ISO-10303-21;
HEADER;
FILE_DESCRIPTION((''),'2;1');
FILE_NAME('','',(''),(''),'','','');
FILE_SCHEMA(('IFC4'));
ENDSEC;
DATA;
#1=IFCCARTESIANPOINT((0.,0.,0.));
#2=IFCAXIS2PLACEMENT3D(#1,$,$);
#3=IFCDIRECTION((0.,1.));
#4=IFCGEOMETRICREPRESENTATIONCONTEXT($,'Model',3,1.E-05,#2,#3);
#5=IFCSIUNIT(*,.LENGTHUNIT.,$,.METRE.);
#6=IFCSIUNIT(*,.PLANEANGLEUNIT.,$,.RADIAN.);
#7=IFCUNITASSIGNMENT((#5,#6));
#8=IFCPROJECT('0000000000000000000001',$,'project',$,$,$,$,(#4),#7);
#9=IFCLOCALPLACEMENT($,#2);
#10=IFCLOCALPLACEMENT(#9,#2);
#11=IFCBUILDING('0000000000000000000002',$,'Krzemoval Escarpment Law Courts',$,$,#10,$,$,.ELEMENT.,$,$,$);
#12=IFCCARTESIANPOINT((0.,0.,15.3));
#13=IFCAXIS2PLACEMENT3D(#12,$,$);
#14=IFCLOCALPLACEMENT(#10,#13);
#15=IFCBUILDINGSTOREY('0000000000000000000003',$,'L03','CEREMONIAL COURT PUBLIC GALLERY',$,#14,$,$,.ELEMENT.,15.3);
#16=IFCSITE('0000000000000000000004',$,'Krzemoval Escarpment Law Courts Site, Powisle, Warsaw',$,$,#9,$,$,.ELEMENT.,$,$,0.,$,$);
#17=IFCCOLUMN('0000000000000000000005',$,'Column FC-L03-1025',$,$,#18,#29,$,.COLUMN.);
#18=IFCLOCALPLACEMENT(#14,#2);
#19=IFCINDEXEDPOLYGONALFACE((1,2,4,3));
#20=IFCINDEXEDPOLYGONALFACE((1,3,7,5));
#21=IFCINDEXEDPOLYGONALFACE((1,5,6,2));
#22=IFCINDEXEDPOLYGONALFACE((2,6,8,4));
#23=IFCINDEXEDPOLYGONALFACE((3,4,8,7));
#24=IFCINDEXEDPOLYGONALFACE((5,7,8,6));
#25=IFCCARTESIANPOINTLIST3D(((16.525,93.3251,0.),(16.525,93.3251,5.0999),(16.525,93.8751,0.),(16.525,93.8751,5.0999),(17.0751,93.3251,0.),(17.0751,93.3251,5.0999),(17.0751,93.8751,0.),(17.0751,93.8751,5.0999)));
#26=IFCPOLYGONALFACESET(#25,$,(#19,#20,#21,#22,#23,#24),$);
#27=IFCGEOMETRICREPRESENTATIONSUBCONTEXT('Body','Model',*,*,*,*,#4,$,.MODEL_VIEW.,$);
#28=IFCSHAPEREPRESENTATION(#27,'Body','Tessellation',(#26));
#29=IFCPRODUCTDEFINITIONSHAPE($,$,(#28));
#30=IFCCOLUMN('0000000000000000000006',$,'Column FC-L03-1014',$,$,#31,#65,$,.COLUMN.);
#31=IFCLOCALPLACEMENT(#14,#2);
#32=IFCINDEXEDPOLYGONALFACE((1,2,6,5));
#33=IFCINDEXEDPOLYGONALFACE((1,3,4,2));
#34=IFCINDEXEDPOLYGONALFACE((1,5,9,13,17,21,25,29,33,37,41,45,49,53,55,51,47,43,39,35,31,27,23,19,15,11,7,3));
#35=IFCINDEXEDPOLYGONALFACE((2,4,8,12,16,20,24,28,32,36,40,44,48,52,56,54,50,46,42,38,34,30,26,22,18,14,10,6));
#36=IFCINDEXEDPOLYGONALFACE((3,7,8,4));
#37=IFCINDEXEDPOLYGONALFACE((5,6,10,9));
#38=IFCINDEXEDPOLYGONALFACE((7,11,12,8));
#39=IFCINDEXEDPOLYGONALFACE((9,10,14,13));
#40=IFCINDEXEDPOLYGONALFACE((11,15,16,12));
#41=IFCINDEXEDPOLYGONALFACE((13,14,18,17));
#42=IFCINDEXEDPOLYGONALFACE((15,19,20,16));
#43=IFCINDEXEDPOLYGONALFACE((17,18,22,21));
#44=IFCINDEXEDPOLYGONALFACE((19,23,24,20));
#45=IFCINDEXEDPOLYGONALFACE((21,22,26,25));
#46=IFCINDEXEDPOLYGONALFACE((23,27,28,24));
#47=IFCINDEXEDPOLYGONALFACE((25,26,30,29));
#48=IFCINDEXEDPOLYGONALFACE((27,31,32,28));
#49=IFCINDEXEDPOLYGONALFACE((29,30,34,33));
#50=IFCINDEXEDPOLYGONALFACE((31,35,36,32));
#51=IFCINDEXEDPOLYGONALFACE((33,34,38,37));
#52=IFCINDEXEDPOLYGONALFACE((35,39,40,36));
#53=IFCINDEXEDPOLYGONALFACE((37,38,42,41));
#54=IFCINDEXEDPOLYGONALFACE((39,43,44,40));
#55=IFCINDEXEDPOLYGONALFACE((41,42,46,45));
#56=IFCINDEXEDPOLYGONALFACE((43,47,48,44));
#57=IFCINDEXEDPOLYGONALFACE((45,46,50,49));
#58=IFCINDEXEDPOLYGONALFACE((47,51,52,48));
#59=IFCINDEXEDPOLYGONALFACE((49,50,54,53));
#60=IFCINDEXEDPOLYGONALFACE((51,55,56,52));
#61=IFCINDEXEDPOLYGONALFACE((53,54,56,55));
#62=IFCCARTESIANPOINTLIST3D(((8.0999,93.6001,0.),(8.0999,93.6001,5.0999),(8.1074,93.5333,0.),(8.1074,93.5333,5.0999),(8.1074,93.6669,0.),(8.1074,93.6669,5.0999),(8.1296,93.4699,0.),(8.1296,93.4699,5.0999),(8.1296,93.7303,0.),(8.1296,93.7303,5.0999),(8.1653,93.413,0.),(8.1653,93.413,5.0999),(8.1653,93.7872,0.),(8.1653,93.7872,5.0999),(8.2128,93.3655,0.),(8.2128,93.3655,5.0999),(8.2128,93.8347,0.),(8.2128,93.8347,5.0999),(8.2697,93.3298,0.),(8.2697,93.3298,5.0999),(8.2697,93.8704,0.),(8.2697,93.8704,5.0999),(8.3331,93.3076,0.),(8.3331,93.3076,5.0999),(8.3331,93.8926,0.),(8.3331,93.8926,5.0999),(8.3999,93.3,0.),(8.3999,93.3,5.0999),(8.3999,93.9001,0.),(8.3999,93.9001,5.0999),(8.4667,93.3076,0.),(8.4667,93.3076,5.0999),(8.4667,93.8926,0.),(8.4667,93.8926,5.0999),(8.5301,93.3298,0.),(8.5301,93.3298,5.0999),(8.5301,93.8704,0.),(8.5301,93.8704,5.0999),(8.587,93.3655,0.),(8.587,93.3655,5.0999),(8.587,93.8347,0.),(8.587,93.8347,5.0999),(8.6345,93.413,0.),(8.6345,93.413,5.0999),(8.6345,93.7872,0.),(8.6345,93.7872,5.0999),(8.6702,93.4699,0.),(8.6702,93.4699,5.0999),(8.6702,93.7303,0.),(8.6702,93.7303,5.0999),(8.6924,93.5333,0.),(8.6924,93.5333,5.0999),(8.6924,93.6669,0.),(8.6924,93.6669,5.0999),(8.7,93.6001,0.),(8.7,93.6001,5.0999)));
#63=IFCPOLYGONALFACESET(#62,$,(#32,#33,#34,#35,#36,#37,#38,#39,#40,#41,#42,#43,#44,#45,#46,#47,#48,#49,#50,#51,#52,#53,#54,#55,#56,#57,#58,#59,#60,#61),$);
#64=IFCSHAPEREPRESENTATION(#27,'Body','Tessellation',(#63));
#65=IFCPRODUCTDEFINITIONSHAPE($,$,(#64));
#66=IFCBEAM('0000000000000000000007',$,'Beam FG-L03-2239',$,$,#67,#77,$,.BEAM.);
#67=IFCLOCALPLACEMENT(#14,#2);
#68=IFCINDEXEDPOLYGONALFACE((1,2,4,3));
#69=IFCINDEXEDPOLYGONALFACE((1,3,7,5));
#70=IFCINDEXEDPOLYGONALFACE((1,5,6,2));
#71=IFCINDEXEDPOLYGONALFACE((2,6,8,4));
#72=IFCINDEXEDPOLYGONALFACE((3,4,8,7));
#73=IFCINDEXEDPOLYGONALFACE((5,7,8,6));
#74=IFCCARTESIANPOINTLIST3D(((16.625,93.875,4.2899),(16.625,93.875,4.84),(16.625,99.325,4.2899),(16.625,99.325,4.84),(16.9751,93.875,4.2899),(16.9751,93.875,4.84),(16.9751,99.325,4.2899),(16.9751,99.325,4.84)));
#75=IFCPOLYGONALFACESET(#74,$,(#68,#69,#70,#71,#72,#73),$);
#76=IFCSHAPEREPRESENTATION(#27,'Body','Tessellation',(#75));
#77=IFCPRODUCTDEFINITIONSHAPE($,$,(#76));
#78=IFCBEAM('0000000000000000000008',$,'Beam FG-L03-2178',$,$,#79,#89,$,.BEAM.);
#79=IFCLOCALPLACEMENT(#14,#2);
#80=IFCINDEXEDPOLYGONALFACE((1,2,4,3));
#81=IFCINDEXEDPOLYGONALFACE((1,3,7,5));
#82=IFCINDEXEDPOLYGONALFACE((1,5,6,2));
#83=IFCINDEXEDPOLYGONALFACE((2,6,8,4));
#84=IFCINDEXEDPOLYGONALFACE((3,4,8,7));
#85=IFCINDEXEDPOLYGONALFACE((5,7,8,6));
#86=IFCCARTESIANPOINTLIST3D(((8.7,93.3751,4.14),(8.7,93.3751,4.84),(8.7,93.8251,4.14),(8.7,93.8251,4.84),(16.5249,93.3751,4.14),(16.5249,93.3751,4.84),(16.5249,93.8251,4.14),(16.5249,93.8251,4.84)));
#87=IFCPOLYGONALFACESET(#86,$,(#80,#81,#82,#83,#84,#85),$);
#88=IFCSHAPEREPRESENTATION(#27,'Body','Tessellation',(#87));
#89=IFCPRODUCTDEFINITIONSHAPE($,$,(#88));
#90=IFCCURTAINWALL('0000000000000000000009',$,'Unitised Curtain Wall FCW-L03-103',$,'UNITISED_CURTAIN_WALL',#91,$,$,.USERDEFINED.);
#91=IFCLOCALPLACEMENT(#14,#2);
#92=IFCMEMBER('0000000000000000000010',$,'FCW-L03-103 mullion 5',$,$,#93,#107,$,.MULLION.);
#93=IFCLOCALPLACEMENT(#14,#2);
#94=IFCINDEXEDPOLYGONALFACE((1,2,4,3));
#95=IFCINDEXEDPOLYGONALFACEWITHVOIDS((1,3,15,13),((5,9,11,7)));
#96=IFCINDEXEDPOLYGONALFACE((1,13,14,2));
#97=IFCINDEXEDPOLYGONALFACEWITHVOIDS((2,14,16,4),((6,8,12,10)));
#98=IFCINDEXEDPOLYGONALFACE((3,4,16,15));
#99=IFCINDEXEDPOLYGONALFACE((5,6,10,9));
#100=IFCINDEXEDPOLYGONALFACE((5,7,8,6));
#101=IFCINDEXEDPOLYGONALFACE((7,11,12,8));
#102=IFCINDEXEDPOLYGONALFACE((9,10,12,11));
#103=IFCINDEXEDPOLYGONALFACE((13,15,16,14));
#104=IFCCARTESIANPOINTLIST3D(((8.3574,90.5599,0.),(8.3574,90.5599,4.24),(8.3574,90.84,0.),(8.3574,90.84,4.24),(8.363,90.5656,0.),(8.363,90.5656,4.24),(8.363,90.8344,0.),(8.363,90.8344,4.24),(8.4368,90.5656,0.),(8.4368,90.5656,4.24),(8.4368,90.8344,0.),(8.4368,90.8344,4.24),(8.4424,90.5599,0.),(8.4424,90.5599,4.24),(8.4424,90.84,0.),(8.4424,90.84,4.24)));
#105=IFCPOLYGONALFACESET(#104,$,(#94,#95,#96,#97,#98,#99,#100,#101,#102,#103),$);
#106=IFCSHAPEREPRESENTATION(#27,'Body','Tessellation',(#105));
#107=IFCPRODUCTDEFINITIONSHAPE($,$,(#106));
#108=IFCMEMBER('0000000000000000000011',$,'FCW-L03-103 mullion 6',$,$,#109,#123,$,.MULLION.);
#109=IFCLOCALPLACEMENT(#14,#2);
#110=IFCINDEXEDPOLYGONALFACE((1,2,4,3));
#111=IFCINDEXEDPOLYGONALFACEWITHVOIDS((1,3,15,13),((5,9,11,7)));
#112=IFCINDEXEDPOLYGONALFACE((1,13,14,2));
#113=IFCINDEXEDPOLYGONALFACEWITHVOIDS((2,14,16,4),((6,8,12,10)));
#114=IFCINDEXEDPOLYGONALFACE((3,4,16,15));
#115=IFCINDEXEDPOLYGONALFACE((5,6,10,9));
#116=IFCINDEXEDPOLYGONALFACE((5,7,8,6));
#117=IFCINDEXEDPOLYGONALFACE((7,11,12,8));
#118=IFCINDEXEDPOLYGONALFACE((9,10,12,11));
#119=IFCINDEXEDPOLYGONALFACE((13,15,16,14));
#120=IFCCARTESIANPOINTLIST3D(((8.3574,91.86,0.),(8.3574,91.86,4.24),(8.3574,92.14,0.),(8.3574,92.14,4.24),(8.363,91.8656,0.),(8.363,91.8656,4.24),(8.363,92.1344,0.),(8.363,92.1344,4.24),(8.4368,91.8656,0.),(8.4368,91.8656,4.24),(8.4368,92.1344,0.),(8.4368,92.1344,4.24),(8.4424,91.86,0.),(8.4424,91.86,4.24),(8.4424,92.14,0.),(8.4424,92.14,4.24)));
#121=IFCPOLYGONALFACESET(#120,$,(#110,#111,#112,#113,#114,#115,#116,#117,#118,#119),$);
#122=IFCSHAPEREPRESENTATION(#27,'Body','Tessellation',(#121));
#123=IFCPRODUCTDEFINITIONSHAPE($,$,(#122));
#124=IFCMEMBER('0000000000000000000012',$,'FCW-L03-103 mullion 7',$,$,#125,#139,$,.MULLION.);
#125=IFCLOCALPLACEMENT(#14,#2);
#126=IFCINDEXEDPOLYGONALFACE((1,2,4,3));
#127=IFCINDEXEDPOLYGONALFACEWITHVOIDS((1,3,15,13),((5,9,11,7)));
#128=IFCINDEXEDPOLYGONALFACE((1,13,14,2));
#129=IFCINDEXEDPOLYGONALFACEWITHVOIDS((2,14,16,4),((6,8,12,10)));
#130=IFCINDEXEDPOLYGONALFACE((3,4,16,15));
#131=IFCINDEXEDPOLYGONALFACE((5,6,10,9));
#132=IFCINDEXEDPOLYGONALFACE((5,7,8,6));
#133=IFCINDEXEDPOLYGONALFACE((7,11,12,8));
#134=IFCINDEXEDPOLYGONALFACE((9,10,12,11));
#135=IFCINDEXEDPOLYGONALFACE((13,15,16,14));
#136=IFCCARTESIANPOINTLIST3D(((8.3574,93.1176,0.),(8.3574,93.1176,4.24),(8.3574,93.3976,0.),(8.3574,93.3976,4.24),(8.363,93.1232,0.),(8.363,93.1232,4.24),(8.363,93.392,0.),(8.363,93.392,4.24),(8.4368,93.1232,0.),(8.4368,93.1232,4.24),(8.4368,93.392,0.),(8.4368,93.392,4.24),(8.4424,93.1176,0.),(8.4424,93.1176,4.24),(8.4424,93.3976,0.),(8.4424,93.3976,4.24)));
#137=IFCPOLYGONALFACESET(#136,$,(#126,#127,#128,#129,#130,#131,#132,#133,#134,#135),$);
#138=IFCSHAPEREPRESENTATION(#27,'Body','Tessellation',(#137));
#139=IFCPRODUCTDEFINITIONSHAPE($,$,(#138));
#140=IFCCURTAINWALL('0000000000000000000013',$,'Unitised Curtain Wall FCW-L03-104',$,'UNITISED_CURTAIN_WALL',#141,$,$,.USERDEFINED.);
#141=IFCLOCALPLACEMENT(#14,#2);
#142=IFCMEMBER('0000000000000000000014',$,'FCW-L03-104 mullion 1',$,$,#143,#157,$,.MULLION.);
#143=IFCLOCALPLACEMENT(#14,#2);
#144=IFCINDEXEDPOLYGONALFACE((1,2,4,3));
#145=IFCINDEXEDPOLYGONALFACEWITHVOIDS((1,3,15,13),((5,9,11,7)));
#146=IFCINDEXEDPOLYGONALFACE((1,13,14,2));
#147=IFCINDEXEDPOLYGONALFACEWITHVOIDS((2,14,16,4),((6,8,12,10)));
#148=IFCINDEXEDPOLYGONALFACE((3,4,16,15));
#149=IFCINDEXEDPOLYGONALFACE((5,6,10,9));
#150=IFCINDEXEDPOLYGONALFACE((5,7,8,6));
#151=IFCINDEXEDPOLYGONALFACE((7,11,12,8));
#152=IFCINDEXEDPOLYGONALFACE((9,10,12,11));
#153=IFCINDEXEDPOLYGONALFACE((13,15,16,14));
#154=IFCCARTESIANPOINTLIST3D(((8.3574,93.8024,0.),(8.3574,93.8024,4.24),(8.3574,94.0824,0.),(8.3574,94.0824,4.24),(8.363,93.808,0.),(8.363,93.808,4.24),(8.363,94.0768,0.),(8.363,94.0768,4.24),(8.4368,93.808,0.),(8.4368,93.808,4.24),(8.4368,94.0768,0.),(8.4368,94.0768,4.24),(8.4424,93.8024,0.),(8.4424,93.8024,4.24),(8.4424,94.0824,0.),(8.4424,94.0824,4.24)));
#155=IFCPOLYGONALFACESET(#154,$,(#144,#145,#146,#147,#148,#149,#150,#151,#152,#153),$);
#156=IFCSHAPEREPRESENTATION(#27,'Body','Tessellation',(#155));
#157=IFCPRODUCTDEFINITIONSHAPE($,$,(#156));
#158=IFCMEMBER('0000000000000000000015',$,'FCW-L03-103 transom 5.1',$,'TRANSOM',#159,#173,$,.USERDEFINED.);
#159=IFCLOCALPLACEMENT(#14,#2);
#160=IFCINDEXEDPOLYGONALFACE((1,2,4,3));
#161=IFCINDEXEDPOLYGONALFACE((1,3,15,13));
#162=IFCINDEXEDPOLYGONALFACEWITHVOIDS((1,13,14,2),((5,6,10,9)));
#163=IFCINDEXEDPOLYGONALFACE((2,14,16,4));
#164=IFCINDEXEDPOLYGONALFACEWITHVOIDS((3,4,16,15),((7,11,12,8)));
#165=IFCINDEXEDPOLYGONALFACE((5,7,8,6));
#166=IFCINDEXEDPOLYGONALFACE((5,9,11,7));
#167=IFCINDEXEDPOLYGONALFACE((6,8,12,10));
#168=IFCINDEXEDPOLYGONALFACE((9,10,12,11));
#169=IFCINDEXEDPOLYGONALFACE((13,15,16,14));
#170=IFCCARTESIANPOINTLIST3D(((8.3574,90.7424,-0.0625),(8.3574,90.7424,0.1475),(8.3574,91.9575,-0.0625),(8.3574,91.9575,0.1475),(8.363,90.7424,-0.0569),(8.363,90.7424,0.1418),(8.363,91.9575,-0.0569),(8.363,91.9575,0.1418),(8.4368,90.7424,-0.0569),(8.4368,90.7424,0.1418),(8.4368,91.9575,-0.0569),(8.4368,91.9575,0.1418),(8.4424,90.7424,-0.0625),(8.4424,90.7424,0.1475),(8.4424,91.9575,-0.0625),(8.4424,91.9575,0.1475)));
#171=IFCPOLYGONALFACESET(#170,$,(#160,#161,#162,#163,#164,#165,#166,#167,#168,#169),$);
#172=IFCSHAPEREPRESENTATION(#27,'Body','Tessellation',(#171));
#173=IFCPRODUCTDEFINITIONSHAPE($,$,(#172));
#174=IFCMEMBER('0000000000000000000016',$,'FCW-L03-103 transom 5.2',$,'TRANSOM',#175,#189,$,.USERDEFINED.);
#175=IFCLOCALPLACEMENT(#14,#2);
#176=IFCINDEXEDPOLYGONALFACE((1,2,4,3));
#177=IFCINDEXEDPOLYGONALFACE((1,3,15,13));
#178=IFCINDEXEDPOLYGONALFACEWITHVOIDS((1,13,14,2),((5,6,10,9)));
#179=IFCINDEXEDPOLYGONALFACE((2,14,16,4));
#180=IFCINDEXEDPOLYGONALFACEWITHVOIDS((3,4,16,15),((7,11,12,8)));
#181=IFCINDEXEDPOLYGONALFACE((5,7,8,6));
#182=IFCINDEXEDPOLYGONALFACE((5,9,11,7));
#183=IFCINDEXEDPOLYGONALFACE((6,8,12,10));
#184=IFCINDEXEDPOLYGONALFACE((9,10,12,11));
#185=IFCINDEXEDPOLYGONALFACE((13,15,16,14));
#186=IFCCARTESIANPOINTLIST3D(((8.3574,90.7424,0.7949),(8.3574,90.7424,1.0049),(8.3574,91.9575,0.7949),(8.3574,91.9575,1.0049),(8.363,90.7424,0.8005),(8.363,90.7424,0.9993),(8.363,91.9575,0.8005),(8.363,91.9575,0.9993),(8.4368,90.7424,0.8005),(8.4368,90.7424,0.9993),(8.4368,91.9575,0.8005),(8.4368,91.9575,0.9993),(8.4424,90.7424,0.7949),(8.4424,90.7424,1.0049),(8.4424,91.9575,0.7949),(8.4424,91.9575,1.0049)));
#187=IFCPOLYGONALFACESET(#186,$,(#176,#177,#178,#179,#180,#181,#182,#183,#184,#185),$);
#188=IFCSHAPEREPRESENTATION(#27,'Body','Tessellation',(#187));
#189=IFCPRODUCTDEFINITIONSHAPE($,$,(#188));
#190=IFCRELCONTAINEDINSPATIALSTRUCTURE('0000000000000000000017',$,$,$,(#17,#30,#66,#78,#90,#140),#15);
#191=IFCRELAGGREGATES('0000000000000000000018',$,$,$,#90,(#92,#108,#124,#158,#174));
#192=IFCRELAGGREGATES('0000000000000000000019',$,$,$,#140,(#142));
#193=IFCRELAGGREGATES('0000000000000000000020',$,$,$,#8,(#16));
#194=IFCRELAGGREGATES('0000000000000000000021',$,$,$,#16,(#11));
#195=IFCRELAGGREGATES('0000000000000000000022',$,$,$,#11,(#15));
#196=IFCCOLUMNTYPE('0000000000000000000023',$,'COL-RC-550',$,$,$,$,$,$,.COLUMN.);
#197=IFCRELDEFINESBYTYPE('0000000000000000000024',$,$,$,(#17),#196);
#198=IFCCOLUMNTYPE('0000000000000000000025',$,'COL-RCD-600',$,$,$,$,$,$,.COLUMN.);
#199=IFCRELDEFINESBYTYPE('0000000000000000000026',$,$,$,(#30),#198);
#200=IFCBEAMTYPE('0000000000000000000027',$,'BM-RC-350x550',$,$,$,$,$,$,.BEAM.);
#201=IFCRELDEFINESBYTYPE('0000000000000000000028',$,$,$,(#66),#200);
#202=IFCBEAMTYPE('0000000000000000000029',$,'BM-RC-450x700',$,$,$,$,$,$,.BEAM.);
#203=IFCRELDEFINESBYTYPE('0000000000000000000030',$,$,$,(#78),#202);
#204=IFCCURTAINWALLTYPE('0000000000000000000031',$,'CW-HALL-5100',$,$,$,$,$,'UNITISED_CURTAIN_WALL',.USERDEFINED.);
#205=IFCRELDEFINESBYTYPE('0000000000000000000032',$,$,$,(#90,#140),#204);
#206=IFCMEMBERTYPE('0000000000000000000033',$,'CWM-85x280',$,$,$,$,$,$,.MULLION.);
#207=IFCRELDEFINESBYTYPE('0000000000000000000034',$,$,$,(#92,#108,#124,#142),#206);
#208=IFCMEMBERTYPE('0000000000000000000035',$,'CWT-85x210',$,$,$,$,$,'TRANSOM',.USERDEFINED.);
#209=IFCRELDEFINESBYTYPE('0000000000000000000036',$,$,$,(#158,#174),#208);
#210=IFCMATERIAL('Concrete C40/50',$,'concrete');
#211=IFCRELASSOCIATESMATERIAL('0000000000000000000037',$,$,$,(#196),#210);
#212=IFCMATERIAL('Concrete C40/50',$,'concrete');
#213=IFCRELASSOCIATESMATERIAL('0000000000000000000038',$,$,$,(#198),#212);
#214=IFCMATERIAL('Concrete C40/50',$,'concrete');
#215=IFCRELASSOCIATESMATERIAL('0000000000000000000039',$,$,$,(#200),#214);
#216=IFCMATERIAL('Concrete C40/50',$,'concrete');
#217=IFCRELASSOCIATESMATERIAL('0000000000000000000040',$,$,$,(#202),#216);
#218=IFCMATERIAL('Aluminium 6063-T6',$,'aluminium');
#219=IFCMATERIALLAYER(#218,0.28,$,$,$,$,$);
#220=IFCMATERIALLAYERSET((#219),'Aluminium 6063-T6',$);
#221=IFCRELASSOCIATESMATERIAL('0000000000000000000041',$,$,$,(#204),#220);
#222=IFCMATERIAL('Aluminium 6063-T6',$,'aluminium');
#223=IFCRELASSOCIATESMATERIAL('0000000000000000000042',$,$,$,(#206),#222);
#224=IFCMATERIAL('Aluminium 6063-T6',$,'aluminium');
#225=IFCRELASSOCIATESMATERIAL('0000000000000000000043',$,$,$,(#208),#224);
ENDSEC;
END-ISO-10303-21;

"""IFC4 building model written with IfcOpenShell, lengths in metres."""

from ifc_helpers import new_model, si_unit, direction, frame, origin, origin_2d, place, context, subcontext, project, spatial, rectangle, hollow_rectangle, circle, extrude, material, layer, layer_set, material_profile, profile_set, type_object, element, aggregate, save


model = new_model("IFC4")

# Units and contexts
model_context = context("Model", 3, precision=1e-05, world=origin(), true_north=direction((0.0, 1.0)))
body_context = subcontext(model_context, "Body", "Model", "MODEL_VIEW")
ifc_project = project(units=[si_unit("LENGTHUNIT", "METRE"), si_unit("PLANEANGLEUNIT", "RADIAN")], contexts=[model_context])

# Site, building, storey
site_placement = place(None, origin())
site = spatial("IfcSite", under=ifc_project, at=site_placement, Name="Krzemoval Escarpment Law Courts Site, Powisle, Warsaw", CompositionType="ELEMENT", RefElevation=0.0)
building_placement = place(site_placement, origin())
building = spatial("IfcBuilding", under=site, at=building_placement, Name="Krzemoval Escarpment Law Courts", CompositionType="ELEMENT")
storey_placement = place(building_placement, frame((0.0, 0.0, 15.3)))
storey = spatial("IfcBuildingStorey", under=building, at=storey_placement, Name="L03", Description="CEREMONIAL COURT PUBLIC GALLERY", CompositionType="ELEMENT", Elevation=15.3)

# Columns
ifc_material_1 = material(Name="Concrete C40/50", Category="concrete")
ifc_material_profile_1 = material_profile(ifc_material_1, rectangle(XDim=0.55, YDim=0.55, at=origin_2d()), Name="RC 550x550")
ifc_profile_set_1 = profile_set([ifc_material_profile_1], Name="Concrete C40/50")
column_type_1 = type_object("IfcColumnType", Name="COL-RC-550", PredefinedType="COLUMN", material=ifc_profile_set_1)
column_1_placement = place(storey_placement, frame((16.8, 93.6001, 0.0), z_axis=(0.0, 0.0, 1.0), x_axis=(1.0, 0.0, 0.0)))
element("IfcColumn", 1, at=column_1_placement, inside=storey, type_object=column_type_1, Name="Column FC-L03-1025", PredefinedType="COLUMN", context=body_context, shape_type="SweptSolid", body=[
    extrude(rectangle(XDim=0.55, YDim=0.55, at=origin_2d()), origin(), (0.0, 0.0, 1.0), 5.0999),
])
ifc_material_2 = material(Name="Concrete C40/50", Category="concrete")
ifc_material_profile_2 = material_profile(ifc_material_2, circle(Radius=0.3, at=origin_2d()), Name="RC D600")
ifc_profile_set_2 = profile_set([ifc_material_profile_2], Name="Concrete C40/50")
column_type_2 = type_object("IfcColumnType", Name="COL-RCD-600", PredefinedType="COLUMN", material=ifc_profile_set_2)
column_2_placement = place(storey_placement, frame((8.3999, 93.6001, 0.0), z_axis=(0.0, 0.0, 1.0), x_axis=(1.0, 0.0, 0.0)))
element("IfcColumn", 2, at=column_2_placement, inside=storey, type_object=column_type_2, Name="Column FC-L03-1014", PredefinedType="COLUMN", context=body_context, shape_type="SweptSolid", body=[
    extrude(circle(Radius=0.3, at=origin_2d()), origin(), (0.0, 0.0, 1.0), 5.0999),
])

# Beams
ifc_material_3 = material(Name="Concrete C40/50", Category="concrete")
ifc_material_profile_3 = material_profile(ifc_material_3, rectangle(XDim=0.3501, YDim=0.55, at=origin_2d()), Name="RCB 350x550")
ifc_profile_set_3 = profile_set([ifc_material_profile_3], Name="Concrete C40/50")
beam_type_1 = type_object("IfcBeamType", Name="BM-RC-350x550", PredefinedType="BEAM", material=ifc_profile_set_3)
beam_1_placement = place(storey_placement, frame((16.8, 93.875, 4.5649), z_axis=(0.0, 1.0, 0.0), x_axis=(-1.0, 0.0, 0.0)))
element("IfcBeam", 3, at=beam_1_placement, inside=storey, type_object=beam_type_1, Name="Beam FG-L03-2239", PredefinedType="BEAM", context=body_context, shape_type="SweptSolid", body=[
    extrude(rectangle(XDim=0.3501, YDim=0.55, at=origin_2d()), origin(), (0.0, 0.0, 1.0), 5.45),
])
ifc_material_4 = material(Name="Concrete C40/50", Category="concrete")
ifc_material_profile_4 = material_profile(ifc_material_4, rectangle(XDim=0.45, YDim=0.7, at=origin_2d()), Name="RCB 450x700")
ifc_profile_set_4 = profile_set([ifc_material_profile_4], Name="Concrete C40/50")
beam_type_2 = type_object("IfcBeamType", Name="BM-RC-450x700", PredefinedType="BEAM", material=ifc_profile_set_4)
beam_2_placement = place(storey_placement, frame((8.7, 93.6001, 4.49), z_axis=(1.0, 0.0, 0.0), x_axis=(0.0, 1.0, 0.0)))
element("IfcBeam", 4, at=beam_2_placement, inside=storey, type_object=beam_type_2, Name="Beam FG-L03-2178", PredefinedType="BEAM", context=body_context, shape_type="SweptSolid", body=[
    extrude(rectangle(XDim=0.45, YDim=0.7, at=origin_2d()), origin(), (0.0, 0.0, 1.0), 7.825),
])

# Curtain wall, members
ifc_material_5 = material(Name="Aluminium 6063-T6", Category="aluminium")
ifc_layer_1 = layer(ifc_material_5, 0.28)
ifc_layer_set_1 = layer_set([ifc_layer_1], Name="Aluminium 6063-T6")
curtain_wall_type = type_object("IfcCurtainWallType", Name="CW-HALL-5100", ElementType="UNITISED_CURTAIN_WALL", PredefinedType="USERDEFINED", material=ifc_layer_set_1)
curtain_wall_1_placement = place(storey_placement, origin())
curtain_wall_1 = element("IfcCurtainWall", 5, at=curtain_wall_1_placement, inside=storey, type_object=curtain_wall_type, Name="Unitised Curtain Wall FCW-L03-103", ObjectType="UNITISED_CURTAIN_WALL", PredefinedType="USERDEFINED")
ifc_material_6 = material(Name="Aluminium 6063-T6", Category="aluminium")
ifc_material_profile_5 = material_profile(ifc_material_6, hollow_rectangle(XDim=0.085, YDim=0.28, WallThickness=0.0056, at=origin_2d()), Name="ALU M85x280")
ifc_profile_set_5 = profile_set([ifc_material_profile_5], Name="Aluminium 6063-T6")
member_type_1 = type_object("IfcMemberType", Name="CWM-85x280", PredefinedType="MULLION", material=ifc_profile_set_5)
member_1_placement = place(storey_placement, frame((8.3999, 90.7, 0.0), z_axis=(0.0, 0.0, 1.0), x_axis=(-1.0, 0.0, 0.0)))
member_1 = element("IfcMember", 6, at=member_1_placement, type_object=member_type_1, Name="FCW-L03-103 mullion 5", PredefinedType="MULLION", context=body_context, shape_type="SweptSolid", body=[
    extrude(hollow_rectangle(XDim=0.085, YDim=0.28, WallThickness=0.0056, at=origin_2d()), origin(), (0.0, 0.0, 1.0), 4.24),
])
member_2_placement = place(storey_placement, frame((8.3999, 92.0, 0.0), z_axis=(0.0, 0.0, 1.0), x_axis=(-1.0, 0.0, 0.0)))
member_2 = element("IfcMember", 7, at=member_2_placement, type_object=member_type_1, Name="FCW-L03-103 mullion 6", PredefinedType="MULLION", context=body_context, shape_type="SweptSolid", body=[
    extrude(hollow_rectangle(XDim=0.085, YDim=0.28, WallThickness=0.0056, at=origin_2d()), origin(), (0.0, 0.0, 1.0), 4.24),
])
member_3_placement = place(storey_placement, frame((8.3999, 93.2576, 0.0), z_axis=(0.0, 0.0, 1.0), x_axis=(-1.0, 0.0, 0.0)))
member_3 = element("IfcMember", 8, at=member_3_placement, type_object=member_type_1, Name="FCW-L03-103 mullion 7", PredefinedType="MULLION", context=body_context, shape_type="SweptSolid", body=[
    extrude(hollow_rectangle(XDim=0.085, YDim=0.28, WallThickness=0.0056, at=origin_2d()), origin(), (0.0, 0.0, 1.0), 4.24),
])

# Curtain wall, member
curtain_wall_2_placement = place(storey_placement, origin())
curtain_wall_2 = element("IfcCurtainWall", 9, at=curtain_wall_2_placement, inside=storey, type_object=curtain_wall_type, Name="Unitised Curtain Wall FCW-L03-104", ObjectType="UNITISED_CURTAIN_WALL", PredefinedType="USERDEFINED")
member_4_placement = place(storey_placement, frame((8.3999, 93.9424, 0.0), z_axis=(0.0, 0.0, 1.0), x_axis=(-1.0, 0.0, 0.0)))
member_4 = element("IfcMember", 10, at=member_4_placement, type_object=member_type_1, Name="FCW-L03-104 mullion 1", PredefinedType="MULLION", context=body_context, shape_type="SweptSolid", body=[
    extrude(hollow_rectangle(XDim=0.085, YDim=0.28, WallThickness=0.0056, at=origin_2d()), origin(), (0.0, 0.0, 1.0), 4.24),
])

# Members
ifc_material_7 = material(Name="Aluminium 6063-T6", Category="aluminium")
ifc_material_profile_6 = material_profile(ifc_material_7, hollow_rectangle(XDim=0.085, YDim=0.21, WallThickness=0.0056, at=origin_2d()), Name="ALU T85x210")
ifc_profile_set_6 = profile_set([ifc_material_profile_6], Name="Aluminium 6063-T6")
member_type_2 = type_object("IfcMemberType", Name="CWT-85x210", ElementType="TRANSOM", PredefinedType="USERDEFINED", material=ifc_profile_set_6)
member_5_placement = place(storey_placement, frame((8.3999, 90.7424, 0.0425), z_axis=(0.0, 1.0, 0.0), x_axis=(-1.0, 0.0, 0.0)))
member_5 = element("IfcMember", 11, at=member_5_placement, type_object=member_type_2, Name="FCW-L03-103 transom 5.1", ObjectType="TRANSOM", PredefinedType="USERDEFINED", context=body_context, shape_type="SweptSolid", body=[
    extrude(hollow_rectangle(XDim=0.085, YDim=0.21, WallThickness=0.0056, at=origin_2d()), origin(), (0.0, 0.0, 1.0), 1.2151),
])
member_6_placement = place(storey_placement, frame((8.3999, 90.7424, 0.8999), z_axis=(0.0, 1.0, 0.0), x_axis=(-1.0, 0.0, 0.0)))
member_6 = element("IfcMember", 12, at=member_6_placement, type_object=member_type_2, Name="FCW-L03-103 transom 5.2", ObjectType="TRANSOM", PredefinedType="USERDEFINED", context=body_context, shape_type="SweptSolid", body=[
    extrude(hollow_rectangle(XDim=0.085, YDim=0.21, WallThickness=0.0056, at=origin_2d()), origin(), (0.0, 0.0, 1.0), 1.2151),
])

aggregate(curtain_wall_1, [member_1, member_2, member_3, member_5, member_6])
aggregate(curtain_wall_2, [member_4])

save(model, "model.ifc")
